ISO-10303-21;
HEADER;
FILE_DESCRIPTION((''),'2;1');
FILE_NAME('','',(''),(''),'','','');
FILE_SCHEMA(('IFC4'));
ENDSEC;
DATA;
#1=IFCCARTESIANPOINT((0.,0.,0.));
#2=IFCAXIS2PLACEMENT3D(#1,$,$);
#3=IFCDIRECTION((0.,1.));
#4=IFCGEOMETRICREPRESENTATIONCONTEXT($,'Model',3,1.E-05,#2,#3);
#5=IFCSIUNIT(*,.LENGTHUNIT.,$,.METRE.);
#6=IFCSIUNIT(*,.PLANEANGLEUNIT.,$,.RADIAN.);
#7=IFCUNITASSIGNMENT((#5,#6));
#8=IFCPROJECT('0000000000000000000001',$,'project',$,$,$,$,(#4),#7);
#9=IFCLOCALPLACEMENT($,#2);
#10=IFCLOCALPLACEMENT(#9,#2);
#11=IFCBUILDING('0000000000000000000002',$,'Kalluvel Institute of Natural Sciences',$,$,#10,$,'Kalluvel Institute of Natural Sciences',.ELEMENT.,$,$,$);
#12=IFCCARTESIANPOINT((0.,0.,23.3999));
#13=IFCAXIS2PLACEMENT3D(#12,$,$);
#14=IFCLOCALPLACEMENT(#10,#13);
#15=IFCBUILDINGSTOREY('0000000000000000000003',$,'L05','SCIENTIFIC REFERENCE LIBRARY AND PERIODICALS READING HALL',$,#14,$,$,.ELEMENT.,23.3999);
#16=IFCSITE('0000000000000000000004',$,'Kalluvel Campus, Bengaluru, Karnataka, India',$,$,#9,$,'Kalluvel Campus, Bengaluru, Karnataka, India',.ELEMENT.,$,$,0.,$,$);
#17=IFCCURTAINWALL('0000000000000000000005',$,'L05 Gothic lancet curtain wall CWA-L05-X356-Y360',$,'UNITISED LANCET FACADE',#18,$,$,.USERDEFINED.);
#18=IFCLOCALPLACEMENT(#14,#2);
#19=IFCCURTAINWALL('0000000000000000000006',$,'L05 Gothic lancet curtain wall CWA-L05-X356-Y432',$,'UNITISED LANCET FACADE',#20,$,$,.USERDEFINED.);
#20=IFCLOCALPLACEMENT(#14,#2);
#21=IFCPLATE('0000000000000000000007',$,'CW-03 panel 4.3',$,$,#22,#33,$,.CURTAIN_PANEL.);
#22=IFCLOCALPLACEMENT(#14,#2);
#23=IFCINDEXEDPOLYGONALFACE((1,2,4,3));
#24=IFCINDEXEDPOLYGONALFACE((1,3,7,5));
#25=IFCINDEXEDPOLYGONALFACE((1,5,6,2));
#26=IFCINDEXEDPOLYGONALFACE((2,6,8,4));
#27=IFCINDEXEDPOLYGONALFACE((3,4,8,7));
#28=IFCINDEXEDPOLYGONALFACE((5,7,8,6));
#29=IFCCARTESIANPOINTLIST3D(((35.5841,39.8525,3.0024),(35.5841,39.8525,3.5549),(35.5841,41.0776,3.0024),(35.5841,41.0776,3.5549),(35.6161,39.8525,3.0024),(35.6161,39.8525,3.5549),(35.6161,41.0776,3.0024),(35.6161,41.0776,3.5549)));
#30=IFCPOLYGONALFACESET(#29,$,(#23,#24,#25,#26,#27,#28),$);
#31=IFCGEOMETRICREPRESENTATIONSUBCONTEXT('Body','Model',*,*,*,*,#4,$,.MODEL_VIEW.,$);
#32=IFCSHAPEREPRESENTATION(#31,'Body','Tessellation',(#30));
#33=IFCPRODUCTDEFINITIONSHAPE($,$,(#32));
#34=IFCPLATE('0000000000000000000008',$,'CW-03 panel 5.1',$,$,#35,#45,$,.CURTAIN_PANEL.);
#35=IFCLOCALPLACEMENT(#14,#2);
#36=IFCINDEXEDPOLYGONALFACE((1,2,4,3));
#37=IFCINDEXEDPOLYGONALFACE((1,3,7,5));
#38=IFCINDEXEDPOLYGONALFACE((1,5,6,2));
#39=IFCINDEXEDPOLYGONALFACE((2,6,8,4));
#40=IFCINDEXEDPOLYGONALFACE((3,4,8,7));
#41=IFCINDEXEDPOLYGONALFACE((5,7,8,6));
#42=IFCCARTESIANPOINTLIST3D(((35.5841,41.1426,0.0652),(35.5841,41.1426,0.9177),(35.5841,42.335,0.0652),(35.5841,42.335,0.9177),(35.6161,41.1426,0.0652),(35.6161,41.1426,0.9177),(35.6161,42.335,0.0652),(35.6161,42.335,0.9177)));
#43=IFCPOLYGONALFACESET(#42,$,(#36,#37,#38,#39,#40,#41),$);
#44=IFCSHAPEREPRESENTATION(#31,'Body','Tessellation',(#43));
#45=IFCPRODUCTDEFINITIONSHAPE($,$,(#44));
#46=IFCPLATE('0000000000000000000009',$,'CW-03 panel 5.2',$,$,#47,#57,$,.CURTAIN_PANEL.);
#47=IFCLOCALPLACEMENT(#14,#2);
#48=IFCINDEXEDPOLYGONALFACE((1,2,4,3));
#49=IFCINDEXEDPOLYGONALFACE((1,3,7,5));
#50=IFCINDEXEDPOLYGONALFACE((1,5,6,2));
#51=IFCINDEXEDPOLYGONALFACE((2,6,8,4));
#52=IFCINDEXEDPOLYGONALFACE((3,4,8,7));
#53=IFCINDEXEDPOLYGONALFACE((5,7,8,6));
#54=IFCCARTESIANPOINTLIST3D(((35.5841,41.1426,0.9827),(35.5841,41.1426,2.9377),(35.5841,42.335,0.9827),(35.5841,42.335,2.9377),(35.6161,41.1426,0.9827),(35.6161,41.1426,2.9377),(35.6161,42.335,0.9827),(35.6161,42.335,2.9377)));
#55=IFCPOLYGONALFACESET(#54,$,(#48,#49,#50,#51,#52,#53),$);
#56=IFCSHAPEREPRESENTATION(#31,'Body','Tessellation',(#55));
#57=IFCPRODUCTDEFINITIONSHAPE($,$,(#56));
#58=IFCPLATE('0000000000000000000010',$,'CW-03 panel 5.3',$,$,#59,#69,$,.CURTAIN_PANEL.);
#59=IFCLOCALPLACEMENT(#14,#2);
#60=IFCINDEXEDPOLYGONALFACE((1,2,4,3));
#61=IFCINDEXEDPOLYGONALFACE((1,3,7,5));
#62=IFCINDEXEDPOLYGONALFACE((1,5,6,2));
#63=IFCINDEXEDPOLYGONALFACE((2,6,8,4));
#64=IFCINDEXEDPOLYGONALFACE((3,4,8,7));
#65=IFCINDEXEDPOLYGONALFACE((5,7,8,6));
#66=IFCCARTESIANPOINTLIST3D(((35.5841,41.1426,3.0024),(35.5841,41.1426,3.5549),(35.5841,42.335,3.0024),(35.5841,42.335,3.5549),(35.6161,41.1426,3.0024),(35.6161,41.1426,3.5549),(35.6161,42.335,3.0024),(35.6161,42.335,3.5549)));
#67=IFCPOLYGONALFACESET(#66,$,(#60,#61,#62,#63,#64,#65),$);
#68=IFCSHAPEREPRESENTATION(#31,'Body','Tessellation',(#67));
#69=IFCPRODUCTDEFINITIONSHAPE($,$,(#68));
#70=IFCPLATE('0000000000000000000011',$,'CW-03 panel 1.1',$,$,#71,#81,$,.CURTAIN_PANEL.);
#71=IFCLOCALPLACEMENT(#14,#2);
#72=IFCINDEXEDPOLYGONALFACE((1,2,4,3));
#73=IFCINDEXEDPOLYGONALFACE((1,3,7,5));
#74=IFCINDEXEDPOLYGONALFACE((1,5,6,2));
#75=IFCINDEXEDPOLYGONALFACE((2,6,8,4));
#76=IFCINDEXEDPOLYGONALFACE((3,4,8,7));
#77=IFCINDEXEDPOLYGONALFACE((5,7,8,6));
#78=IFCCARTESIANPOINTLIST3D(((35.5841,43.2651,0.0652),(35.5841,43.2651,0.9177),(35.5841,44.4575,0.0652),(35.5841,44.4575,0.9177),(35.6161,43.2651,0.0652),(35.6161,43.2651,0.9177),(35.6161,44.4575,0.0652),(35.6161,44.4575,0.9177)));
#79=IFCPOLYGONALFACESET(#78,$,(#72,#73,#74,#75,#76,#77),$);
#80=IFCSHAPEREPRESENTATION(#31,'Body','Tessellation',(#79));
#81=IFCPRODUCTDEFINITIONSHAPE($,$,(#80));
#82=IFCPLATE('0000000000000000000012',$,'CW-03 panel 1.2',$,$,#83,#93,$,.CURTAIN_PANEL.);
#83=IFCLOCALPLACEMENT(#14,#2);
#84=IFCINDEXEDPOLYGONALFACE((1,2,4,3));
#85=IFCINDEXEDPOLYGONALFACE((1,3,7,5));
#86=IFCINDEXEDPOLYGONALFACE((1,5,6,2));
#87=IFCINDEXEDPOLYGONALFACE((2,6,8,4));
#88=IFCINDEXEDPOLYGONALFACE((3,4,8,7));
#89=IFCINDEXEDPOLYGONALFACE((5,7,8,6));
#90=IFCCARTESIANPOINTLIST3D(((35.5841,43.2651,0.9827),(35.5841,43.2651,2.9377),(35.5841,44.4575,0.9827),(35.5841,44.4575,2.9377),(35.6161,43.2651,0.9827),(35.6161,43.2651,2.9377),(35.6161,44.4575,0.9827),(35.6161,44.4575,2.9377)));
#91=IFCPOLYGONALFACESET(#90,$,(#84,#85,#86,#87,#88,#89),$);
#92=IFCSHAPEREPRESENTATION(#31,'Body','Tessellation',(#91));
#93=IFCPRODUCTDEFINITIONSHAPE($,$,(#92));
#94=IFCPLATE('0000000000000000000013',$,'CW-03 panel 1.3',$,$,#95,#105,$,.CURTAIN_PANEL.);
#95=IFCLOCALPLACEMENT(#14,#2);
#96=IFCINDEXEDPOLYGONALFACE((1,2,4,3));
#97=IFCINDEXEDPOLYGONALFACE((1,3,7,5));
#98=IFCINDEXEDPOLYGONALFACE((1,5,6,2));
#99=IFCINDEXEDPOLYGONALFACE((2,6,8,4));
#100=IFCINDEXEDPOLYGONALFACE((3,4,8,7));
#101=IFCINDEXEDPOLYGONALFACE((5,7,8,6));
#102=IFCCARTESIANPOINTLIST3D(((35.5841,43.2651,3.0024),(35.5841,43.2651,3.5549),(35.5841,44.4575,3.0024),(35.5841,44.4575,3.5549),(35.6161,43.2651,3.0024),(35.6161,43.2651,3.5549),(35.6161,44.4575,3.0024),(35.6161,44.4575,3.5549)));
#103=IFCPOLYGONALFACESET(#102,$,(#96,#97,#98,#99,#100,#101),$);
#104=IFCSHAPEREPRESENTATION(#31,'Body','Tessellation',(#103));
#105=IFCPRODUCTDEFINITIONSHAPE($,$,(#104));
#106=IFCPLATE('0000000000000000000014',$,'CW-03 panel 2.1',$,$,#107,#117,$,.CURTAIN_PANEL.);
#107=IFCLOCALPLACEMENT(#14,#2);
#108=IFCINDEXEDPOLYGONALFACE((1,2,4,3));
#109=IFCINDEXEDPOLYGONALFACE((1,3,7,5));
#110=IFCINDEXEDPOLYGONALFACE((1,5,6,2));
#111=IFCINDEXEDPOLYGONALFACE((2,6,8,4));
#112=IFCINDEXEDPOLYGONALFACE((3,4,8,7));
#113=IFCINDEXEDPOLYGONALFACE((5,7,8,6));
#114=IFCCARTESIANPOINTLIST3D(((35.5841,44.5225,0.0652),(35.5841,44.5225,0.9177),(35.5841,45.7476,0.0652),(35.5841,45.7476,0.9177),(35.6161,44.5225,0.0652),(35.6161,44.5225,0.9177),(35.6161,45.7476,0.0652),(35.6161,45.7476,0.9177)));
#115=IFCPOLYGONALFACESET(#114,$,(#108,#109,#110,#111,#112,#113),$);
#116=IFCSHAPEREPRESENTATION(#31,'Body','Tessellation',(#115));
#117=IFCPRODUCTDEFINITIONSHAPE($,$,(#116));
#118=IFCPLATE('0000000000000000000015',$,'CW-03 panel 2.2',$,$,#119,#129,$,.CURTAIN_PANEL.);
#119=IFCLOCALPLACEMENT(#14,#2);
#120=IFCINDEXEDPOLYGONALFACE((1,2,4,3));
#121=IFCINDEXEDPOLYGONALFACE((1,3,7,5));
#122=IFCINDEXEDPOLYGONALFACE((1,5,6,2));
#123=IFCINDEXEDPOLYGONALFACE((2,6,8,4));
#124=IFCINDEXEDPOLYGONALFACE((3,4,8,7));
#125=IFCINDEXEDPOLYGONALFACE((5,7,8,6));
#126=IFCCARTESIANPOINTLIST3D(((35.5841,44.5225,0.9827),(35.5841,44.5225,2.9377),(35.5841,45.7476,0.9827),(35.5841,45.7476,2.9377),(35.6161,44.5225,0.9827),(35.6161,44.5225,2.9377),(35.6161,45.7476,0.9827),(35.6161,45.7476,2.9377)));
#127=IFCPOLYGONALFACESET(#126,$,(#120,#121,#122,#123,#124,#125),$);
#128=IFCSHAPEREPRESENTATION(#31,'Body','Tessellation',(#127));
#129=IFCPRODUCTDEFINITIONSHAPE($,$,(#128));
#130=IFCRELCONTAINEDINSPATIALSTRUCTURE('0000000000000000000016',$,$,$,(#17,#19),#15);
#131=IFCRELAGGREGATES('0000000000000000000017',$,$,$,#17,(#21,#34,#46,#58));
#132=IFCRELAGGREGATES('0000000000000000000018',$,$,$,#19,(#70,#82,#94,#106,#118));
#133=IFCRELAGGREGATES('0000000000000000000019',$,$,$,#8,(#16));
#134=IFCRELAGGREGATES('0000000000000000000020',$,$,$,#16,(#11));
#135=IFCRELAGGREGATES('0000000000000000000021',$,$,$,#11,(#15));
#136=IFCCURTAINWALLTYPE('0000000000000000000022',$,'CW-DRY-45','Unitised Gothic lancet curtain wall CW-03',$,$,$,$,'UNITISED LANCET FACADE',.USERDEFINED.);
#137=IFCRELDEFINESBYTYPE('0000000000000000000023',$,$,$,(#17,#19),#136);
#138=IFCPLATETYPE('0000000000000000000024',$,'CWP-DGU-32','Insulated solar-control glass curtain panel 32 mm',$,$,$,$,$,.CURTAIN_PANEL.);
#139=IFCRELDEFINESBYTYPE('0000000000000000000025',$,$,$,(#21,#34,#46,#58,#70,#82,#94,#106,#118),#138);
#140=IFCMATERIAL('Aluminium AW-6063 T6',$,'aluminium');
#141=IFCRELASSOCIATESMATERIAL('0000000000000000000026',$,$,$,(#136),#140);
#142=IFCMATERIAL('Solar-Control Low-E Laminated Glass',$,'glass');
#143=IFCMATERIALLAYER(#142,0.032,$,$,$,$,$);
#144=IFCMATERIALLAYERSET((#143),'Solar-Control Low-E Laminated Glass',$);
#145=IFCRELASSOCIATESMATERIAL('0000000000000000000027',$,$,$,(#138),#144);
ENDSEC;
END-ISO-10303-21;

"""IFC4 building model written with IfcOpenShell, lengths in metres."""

from ifc_helpers import new_model, si_unit, direction, frame, origin, origin_2d, place, context, subcontext, project, spatial, rectangle, extrude, material, layer, layer_set, type_object, element, aggregate, save


model = new_model("IFC4")

# Units and contexts
model_context = context("Model", 3, precision=1e-05, world=origin(), true_north=direction((0.0, 1.0)))
body_context = subcontext(model_context, "Body", "Model", "MODEL_VIEW")
ifc_project = project(units=[si_unit("LENGTHUNIT", "METRE"), si_unit("PLANEANGLEUNIT", "RADIAN")], contexts=[model_context])

# Site, building, storey
site_placement = place(None, origin())
site = spatial("IfcSite", under=ifc_project, at=site_placement, Name="Kalluvel Campus, Bengaluru, Karnataka, India", LongName="Kalluvel Campus, Bengaluru, Karnataka, India", CompositionType="ELEMENT", RefElevation=0.0)
building_placement = place(site_placement, origin())
building = spatial("IfcBuilding", under=site, at=building_placement, Name="Kalluvel Institute of Natural Sciences", LongName="Kalluvel Institute of Natural Sciences", CompositionType="ELEMENT")
storey_placement = place(building_placement, frame((0.0, 0.0, 23.3999)))
storey = spatial("IfcBuildingStorey", under=building, at=storey_placement, Name="L05", Description="SCIENTIFIC REFERENCE LIBRARY AND PERIODICALS READING HALL", CompositionType="ELEMENT", Elevation=23.3999)

# Curtain walls
ifc_material_1 = material(Name="Aluminium AW-6063 T6", Category="aluminium")
curtain_wall_type = type_object("IfcCurtainWallType", Name="CW-DRY-45", Description="Unitised Gothic lancet curtain wall CW-03", ElementType="UNITISED LANCET FACADE", PredefinedType="USERDEFINED", material=ifc_material_1)
curtain_wall_1_placement = place(storey_placement, origin())
curtain_wall_1 = element("IfcCurtainWall", 1, at=curtain_wall_1_placement, inside=storey, type_object=curtain_wall_type, Name="L05 Gothic lancet curtain wall CWA-L05-X356-Y360", ObjectType="UNITISED LANCET FACADE", PredefinedType="USERDEFINED")
curtain_wall_2_placement = place(storey_placement, origin())
curtain_wall_2 = element("IfcCurtainWall", 2, at=curtain_wall_2_placement, inside=storey, type_object=curtain_wall_type, Name="L05 Gothic lancet curtain wall CWA-L05-X356-Y432", ObjectType="UNITISED LANCET FACADE", PredefinedType="USERDEFINED")

# Plates
ifc_material_2 = material(Name="Solar-Control Low-E Laminated Glass", Category="glass")
ifc_layer = layer(ifc_material_2, 0.032)
ifc_layer_set = layer_set([ifc_layer], Name="Solar-Control Low-E Laminated Glass")
plate_type = type_object("IfcPlateType", Name="CWP-DGU-32", Description="Insulated solar-control glass curtain panel 32 mm", PredefinedType="CURTAIN_PANEL", material=ifc_layer_set)
plate_1_placement = place(storey_placement, frame((35.6001, 40.4651, 3.0024), z_axis=(0.0, 0.0, 1.0), x_axis=(0.0, 1.0, 0.0)))
plate_1 = element("IfcPlate", 3, at=plate_1_placement, type_object=plate_type, Name="CW-03 panel 4.3", PredefinedType="CURTAIN_PANEL", context=body_context, shape_type="SweptSolid", body=[
    extrude(rectangle(XDim=1.2251, YDim=0.032, at=origin_2d()), origin(), (0.0, 0.0, 1.0), 0.5525),
])
plate_2_placement = place(storey_placement, frame((35.6001, 41.7388, 0.0652), z_axis=(0.0, 0.0, 1.0), x_axis=(0.0, 1.0, 0.0)))
plate_2 = element("IfcPlate", 4, at=plate_2_placement, type_object=plate_type, Name="CW-03 panel 5.1", PredefinedType="CURTAIN_PANEL", context=body_context, shape_type="SweptSolid", body=[
    extrude(rectangle(XDim=1.1924, YDim=0.032, at=origin_2d()), origin(), (0.0, 0.0, 1.0), 0.8525),
])
plate_3_placement = place(storey_placement, frame((35.6001, 41.7388, 0.9827), z_axis=(0.0, 0.0, 1.0), x_axis=(0.0, 1.0, 0.0)))
plate_3 = element("IfcPlate", 5, at=plate_3_placement, type_object=plate_type, Name="CW-03 panel 5.2", PredefinedType="CURTAIN_PANEL", context=body_context, shape_type="SweptSolid", body=[
    extrude(rectangle(XDim=1.1924, YDim=0.032, at=origin_2d()), origin(), (0.0, 0.0, 1.0), 1.9551),
])
plate_4_placement = place(storey_placement, frame((35.6001, 41.7388, 3.0024), z_axis=(0.0, 0.0, 1.0), x_axis=(0.0, 1.0, 0.0)))
plate_4 = element("IfcPlate", 6, at=plate_4_placement, type_object=plate_type, Name="CW-03 panel 5.3", PredefinedType="CURTAIN_PANEL", context=body_context, shape_type="SweptSolid", body=[
    extrude(rectangle(XDim=1.1924, YDim=0.032, at=origin_2d()), origin(), (0.0, 0.0, 1.0), 0.5525),
])
aggregate(curtain_wall_1, [plate_1, plate_2, plate_3, plate_4])
plate_5_placement = place(storey_placement, frame((35.6001, 43.8613, 0.0652), z_axis=(0.0, 0.0, 1.0), x_axis=(0.0, 1.0, 0.0)))
plate_5 = element("IfcPlate", 7, at=plate_5_placement, type_object=plate_type, Name="CW-03 panel 1.1", PredefinedType="CURTAIN_PANEL", context=body_context, shape_type="SweptSolid", body=[
    extrude(rectangle(XDim=1.1924, YDim=0.032, at=origin_2d()), origin(), (0.0, 0.0, 1.0), 0.8525),
])
plate_6_placement = place(storey_placement, frame((35.6001, 43.8613, 0.9827), z_axis=(0.0, 0.0, 1.0), x_axis=(0.0, 1.0, 0.0)))
plate_6 = element("IfcPlate", 8, at=plate_6_placement, type_object=plate_type, Name="CW-03 panel 1.2", PredefinedType="CURTAIN_PANEL", context=body_context, shape_type="SweptSolid", body=[
    extrude(rectangle(XDim=1.1924, YDim=0.032, at=origin_2d()), origin(), (0.0, 0.0, 1.0), 1.9551),
])
plate_7_placement = place(storey_placement, frame((35.6001, 43.8613, 3.0024), z_axis=(0.0, 0.0, 1.0), x_axis=(0.0, 1.0, 0.0)))
plate_7 = element("IfcPlate", 9, at=plate_7_placement, type_object=plate_type, Name="CW-03 panel 1.3", PredefinedType="CURTAIN_PANEL", context=body_context, shape_type="SweptSolid", body=[
    extrude(rectangle(XDim=1.1924, YDim=0.032, at=origin_2d()), origin(), (0.0, 0.0, 1.0), 0.5525),
])
plate_8_placement = place(storey_placement, frame((35.6001, 45.135, 0.0652), z_axis=(0.0, 0.0, 1.0), x_axis=(0.0, 1.0, 0.0)))
plate_8 = element("IfcPlate", 10, at=plate_8_placement, type_object=plate_type, Name="CW-03 panel 2.1", PredefinedType="CURTAIN_PANEL", context=body_context, shape_type="SweptSolid", body=[
    extrude(rectangle(XDim=1.2251, YDim=0.032, at=origin_2d()), origin(), (0.0, 0.0, 1.0), 0.8525),
])
plate_9_placement = place(storey_placement, frame((35.6001, 45.135, 0.9827), z_axis=(0.0, 0.0, 1.0), x_axis=(0.0, 1.0, 0.0)))
plate_9 = element("IfcPlate", 11, at=plate_9_placement, type_object=plate_type, Name="CW-03 panel 2.2", PredefinedType="CURTAIN_PANEL", context=body_context, shape_type="SweptSolid", body=[
    extrude(rectangle(XDim=1.2251, YDim=0.032, at=origin_2d()), origin(), (0.0, 0.0, 1.0), 1.9551),
])
aggregate(curtain_wall_2, [plate_5, plate_6, plate_7, plate_8, plate_9])

save(model, "model.ifc")
